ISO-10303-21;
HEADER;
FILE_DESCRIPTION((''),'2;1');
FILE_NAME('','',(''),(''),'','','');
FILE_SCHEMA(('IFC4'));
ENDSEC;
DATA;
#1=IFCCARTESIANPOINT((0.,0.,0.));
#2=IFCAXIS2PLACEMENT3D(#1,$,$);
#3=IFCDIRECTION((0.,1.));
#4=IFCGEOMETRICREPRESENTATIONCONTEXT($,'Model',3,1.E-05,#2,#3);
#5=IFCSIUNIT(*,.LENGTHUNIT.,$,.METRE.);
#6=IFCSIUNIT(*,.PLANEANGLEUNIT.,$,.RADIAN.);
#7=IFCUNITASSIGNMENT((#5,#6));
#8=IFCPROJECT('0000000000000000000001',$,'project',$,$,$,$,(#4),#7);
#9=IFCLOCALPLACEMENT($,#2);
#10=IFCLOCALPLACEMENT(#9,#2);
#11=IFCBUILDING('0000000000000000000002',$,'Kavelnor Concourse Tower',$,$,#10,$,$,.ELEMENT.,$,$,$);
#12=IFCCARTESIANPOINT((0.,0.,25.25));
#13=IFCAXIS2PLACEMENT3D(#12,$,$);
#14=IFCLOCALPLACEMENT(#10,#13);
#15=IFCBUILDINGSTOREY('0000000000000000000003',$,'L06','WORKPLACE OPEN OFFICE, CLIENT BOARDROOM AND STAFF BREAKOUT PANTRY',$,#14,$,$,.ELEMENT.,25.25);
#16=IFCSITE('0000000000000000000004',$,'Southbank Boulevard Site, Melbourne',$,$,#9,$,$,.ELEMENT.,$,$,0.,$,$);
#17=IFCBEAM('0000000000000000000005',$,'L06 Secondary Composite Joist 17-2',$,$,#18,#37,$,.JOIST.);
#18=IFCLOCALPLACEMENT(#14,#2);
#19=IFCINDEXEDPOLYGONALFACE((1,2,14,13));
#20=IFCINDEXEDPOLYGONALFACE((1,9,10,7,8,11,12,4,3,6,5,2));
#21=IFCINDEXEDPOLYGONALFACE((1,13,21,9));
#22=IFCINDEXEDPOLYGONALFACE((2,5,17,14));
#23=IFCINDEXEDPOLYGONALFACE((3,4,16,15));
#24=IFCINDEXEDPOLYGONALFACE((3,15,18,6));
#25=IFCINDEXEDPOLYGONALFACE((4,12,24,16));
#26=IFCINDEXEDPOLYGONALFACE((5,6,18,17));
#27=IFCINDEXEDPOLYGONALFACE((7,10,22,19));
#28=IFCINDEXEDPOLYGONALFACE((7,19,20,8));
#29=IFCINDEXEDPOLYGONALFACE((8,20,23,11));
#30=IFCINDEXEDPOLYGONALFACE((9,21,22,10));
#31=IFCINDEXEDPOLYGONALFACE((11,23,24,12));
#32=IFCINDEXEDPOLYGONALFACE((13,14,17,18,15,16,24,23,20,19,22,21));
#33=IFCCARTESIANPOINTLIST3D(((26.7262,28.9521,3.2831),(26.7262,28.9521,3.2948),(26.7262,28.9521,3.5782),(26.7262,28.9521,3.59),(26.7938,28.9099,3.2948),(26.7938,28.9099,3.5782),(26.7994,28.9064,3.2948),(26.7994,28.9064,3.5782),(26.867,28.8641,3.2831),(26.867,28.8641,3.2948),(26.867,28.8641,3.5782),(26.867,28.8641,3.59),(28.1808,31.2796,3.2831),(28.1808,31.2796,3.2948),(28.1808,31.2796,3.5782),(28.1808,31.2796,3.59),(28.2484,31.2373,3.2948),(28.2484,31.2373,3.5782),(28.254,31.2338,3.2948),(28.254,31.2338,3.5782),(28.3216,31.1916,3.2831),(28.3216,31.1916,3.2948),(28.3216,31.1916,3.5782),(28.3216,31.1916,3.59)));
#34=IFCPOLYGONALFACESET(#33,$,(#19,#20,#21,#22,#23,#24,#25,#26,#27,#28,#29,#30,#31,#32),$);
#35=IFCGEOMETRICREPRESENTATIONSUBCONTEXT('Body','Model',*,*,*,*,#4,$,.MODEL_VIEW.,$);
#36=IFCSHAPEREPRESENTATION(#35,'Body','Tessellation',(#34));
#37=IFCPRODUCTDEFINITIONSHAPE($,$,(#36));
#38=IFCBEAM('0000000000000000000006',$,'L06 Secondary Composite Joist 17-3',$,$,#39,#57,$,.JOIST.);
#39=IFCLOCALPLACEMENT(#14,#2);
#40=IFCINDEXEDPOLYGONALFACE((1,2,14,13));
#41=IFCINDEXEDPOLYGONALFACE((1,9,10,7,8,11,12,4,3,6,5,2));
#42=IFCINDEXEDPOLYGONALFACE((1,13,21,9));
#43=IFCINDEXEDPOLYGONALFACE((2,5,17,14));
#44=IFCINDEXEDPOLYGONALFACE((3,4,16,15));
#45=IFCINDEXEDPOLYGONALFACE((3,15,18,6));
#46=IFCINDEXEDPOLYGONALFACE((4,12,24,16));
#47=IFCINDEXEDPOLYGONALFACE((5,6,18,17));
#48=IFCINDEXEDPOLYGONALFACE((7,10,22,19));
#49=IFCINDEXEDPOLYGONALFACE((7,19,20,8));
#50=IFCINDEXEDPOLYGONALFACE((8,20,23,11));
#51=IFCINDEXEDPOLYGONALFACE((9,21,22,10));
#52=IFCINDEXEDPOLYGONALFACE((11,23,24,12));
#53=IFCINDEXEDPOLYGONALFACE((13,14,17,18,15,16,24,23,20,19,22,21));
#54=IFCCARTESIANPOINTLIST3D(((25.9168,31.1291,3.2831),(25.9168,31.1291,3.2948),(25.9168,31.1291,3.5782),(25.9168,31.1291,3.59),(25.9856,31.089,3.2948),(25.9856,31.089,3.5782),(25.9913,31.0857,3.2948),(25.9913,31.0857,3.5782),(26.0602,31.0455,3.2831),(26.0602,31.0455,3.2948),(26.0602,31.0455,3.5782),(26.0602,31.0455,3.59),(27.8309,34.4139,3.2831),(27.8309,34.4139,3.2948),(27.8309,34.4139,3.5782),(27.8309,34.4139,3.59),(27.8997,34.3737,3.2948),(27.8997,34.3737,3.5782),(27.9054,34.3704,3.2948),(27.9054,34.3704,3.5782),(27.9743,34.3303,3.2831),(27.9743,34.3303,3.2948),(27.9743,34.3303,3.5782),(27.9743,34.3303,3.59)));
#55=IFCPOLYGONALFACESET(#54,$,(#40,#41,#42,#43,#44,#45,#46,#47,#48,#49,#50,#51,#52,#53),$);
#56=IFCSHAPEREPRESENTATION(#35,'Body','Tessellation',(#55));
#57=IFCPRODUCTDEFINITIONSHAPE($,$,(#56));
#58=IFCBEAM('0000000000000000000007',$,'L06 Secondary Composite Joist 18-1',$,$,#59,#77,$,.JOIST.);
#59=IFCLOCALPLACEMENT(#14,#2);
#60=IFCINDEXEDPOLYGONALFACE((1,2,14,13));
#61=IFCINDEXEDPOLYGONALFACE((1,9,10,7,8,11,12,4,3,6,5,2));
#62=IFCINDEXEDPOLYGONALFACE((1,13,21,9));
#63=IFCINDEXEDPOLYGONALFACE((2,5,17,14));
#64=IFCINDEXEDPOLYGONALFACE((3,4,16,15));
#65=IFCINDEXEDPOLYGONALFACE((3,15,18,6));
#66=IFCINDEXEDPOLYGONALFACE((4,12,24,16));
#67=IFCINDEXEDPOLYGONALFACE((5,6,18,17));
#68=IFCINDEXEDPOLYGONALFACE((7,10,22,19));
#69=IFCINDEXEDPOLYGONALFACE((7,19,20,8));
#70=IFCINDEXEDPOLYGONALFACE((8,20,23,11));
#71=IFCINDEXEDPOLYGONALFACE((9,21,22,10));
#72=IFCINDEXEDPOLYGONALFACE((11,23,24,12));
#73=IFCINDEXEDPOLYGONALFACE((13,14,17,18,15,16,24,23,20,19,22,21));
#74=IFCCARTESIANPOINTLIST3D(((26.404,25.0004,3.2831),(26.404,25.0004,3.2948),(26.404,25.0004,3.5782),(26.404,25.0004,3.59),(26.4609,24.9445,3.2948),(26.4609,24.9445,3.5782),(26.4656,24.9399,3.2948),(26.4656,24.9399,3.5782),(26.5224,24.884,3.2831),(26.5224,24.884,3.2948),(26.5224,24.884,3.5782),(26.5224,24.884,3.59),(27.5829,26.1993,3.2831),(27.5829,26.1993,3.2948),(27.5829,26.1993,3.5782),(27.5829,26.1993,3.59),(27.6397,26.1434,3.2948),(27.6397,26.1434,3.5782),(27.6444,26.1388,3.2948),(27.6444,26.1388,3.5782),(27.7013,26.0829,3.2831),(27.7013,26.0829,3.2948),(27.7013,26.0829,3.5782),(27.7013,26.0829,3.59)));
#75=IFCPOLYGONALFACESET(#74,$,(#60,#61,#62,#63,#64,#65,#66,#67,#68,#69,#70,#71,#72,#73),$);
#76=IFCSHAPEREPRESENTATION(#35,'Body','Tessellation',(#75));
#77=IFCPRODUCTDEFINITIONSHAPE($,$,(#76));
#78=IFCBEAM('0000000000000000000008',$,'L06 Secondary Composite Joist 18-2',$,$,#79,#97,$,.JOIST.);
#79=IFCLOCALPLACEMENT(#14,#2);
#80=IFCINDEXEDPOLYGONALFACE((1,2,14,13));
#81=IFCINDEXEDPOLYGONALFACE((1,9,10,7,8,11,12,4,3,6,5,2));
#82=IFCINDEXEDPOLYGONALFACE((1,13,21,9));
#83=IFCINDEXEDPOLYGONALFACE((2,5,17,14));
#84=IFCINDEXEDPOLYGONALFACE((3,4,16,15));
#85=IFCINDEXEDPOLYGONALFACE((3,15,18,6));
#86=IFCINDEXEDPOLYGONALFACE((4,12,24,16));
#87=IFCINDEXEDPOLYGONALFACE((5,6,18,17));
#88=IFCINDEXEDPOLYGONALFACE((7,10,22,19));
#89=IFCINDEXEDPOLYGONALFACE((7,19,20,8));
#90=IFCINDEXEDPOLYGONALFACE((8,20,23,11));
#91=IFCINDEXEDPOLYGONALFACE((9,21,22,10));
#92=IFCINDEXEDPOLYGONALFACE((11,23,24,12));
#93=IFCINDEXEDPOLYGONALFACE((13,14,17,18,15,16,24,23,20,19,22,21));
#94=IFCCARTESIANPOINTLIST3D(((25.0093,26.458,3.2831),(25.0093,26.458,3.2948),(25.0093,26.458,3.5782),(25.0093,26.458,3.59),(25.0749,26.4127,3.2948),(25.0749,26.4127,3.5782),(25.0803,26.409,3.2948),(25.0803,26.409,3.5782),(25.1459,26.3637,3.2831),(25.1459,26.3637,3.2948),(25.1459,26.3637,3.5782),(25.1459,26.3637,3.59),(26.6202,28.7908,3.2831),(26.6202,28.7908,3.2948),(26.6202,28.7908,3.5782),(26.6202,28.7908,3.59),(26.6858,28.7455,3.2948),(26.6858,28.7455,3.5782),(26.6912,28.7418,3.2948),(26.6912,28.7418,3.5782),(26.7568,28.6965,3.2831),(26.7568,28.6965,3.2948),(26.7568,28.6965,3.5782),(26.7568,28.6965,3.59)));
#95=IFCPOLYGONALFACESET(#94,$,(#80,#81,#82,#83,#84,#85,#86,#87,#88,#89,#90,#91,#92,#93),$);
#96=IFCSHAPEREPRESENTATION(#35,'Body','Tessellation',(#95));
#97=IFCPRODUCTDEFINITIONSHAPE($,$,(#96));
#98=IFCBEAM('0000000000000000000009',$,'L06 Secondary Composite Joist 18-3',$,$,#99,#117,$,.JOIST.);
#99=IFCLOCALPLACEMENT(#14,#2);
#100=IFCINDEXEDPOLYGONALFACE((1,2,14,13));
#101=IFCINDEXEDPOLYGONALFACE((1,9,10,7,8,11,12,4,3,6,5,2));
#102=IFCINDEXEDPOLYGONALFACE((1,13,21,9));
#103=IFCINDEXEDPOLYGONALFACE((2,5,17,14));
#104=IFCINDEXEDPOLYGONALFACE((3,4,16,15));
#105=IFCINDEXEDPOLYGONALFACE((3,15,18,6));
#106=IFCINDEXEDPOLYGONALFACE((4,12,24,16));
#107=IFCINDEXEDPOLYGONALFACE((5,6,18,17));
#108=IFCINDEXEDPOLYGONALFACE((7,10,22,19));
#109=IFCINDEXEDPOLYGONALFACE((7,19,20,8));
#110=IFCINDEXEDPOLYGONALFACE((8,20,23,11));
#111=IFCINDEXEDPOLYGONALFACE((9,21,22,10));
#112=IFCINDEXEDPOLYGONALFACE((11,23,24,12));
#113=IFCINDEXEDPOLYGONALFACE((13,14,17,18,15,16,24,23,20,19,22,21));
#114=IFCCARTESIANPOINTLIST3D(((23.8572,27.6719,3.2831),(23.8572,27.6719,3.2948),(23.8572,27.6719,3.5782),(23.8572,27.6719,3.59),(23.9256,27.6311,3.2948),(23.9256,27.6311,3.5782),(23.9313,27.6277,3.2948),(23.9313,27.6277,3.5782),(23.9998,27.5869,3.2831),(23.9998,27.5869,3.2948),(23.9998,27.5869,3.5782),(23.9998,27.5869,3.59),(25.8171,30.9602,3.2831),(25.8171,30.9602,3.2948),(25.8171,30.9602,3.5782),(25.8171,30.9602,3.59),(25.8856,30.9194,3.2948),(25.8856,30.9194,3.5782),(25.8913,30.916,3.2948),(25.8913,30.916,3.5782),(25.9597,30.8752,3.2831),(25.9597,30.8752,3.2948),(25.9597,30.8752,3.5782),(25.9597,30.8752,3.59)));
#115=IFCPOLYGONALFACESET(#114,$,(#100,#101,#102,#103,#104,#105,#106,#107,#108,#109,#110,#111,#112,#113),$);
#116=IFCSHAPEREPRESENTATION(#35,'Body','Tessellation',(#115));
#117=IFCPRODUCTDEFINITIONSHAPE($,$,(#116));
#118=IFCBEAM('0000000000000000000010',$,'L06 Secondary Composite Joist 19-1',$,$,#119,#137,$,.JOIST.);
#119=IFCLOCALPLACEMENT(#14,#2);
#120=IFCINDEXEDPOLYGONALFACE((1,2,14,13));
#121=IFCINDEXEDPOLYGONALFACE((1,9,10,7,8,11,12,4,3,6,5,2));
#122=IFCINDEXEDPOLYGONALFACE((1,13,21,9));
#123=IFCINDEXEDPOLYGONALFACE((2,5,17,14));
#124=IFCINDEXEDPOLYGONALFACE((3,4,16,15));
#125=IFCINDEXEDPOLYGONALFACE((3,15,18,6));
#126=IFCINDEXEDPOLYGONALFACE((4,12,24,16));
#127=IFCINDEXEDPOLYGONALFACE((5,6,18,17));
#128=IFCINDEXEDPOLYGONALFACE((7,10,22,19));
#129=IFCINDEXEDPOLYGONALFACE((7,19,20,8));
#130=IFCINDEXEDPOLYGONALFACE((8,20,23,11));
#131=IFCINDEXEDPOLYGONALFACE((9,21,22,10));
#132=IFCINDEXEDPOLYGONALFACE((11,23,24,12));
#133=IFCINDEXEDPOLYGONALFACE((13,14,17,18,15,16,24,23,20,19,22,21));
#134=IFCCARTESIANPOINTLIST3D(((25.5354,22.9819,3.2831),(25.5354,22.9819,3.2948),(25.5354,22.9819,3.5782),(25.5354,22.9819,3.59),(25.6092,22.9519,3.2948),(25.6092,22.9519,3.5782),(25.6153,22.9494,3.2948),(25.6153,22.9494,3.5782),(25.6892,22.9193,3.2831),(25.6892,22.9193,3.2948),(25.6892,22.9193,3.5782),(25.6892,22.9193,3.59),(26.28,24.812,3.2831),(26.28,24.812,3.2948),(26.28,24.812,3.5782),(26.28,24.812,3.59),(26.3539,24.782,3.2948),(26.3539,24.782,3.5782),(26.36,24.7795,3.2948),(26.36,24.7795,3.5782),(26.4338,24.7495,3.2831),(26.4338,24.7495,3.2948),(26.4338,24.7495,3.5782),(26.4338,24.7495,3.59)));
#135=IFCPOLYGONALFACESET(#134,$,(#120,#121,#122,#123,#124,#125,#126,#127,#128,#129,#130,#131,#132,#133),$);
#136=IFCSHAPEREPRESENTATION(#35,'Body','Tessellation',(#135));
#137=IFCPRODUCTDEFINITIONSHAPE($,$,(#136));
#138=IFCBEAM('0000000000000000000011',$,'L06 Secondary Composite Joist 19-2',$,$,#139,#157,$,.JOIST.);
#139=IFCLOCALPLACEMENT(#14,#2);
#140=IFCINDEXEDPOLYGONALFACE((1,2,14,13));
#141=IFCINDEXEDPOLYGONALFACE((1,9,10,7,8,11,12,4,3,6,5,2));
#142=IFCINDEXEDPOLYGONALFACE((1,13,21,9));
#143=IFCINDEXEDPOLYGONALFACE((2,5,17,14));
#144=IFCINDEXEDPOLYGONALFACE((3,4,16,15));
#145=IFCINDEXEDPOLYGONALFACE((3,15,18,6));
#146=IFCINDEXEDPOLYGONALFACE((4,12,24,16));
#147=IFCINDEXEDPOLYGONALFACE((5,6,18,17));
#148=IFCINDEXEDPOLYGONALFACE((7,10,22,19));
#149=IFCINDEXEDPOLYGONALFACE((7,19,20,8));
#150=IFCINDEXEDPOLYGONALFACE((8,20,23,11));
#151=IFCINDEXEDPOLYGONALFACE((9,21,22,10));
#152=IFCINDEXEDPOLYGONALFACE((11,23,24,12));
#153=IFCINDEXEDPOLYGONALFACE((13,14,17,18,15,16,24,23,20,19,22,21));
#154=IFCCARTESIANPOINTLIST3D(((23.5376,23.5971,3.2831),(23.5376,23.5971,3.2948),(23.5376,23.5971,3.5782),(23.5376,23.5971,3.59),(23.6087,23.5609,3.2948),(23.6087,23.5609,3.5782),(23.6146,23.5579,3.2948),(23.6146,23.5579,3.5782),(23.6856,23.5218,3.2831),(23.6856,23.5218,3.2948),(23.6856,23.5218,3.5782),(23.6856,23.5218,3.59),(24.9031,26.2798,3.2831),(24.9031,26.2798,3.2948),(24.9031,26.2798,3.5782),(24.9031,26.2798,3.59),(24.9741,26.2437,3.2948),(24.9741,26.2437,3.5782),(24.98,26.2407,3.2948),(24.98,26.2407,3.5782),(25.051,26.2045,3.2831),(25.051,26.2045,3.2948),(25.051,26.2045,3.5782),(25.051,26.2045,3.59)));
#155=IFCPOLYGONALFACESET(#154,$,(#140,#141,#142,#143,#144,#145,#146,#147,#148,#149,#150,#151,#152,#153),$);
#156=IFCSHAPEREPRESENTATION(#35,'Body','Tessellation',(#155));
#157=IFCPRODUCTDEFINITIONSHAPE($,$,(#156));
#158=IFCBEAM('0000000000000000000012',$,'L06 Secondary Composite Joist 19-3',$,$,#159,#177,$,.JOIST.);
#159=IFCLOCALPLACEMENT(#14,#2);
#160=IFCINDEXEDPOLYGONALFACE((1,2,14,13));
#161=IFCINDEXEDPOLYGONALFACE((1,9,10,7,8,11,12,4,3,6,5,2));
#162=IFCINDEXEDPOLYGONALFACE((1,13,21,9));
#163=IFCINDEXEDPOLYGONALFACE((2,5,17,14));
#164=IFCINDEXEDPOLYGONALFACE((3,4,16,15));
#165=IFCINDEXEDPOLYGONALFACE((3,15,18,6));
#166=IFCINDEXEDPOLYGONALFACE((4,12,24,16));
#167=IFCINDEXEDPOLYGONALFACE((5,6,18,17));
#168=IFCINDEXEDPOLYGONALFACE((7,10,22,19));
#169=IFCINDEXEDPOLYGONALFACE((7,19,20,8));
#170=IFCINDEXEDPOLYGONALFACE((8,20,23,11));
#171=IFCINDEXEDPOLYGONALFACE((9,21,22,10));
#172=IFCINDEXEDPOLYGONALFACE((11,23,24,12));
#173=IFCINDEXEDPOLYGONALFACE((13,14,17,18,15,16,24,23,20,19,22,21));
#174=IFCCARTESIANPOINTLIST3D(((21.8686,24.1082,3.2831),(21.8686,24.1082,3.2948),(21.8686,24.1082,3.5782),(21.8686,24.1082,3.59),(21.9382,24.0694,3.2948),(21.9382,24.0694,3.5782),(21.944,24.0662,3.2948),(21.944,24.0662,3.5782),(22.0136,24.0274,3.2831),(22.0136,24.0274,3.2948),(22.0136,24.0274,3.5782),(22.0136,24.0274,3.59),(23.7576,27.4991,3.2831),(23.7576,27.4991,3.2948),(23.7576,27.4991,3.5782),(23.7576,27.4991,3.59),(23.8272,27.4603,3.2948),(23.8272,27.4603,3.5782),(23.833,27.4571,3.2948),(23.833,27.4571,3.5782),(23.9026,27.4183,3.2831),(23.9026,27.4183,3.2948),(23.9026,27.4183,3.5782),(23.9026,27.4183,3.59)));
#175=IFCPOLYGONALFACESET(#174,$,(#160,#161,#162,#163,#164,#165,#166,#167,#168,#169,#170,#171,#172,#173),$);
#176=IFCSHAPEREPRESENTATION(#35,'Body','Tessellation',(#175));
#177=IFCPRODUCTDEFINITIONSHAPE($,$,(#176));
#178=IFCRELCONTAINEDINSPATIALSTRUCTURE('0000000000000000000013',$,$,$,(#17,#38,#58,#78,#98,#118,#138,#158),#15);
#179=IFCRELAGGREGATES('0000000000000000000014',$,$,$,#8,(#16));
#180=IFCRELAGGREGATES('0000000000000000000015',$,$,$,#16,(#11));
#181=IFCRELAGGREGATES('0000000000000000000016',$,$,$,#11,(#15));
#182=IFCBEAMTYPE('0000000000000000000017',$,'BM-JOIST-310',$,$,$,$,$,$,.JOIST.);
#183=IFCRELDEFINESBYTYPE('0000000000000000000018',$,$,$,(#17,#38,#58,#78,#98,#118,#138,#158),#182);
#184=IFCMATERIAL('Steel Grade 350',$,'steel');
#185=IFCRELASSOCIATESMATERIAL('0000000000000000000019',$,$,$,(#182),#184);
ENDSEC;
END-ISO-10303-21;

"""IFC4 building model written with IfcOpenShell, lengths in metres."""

from ifc_helpers import new_model, si_unit, direction, frame, origin, origin_2d, place, context, subcontext, project, spatial, i_section, extrude, material, material_profile, profile_set, type_object, element, save


model = new_model("IFC4")

# Units and contexts
model_context = context("Model", 3, precision=1e-05, world=origin(), true_north=direction((0.0, 1.0)))
body_context = subcontext(model_context, "Body", "Model", "MODEL_VIEW")
ifc_project = project(units=[si_unit("LENGTHUNIT", "METRE"), si_unit("PLANEANGLEUNIT", "RADIAN")], contexts=[model_context])

# Site, building, storey
site_placement = place(None, origin())
site = spatial("IfcSite", under=ifc_project, at=site_placement, Name="Southbank Boulevard Site, Melbourne", CompositionType="ELEMENT", RefElevation=0.0)
building_placement = place(site_placement, origin())
building = spatial("IfcBuilding", under=site, at=building_placement, Name="Kavelnor Concourse Tower", CompositionType="ELEMENT")
storey_placement = place(building_placement, frame((0.0, 0.0, 25.25)))
storey = spatial("IfcBuildingStorey", under=building, at=storey_placement, Name="L06", Description="WORKPLACE OPEN OFFICE, CLIENT BOARDROOM AND STAFF BREAKOUT PANTRY", CompositionType="ELEMENT", Elevation=25.25)

# Shared definitions
ifc_material_1 = material(Name="Steel Grade 350", Category="steel")

# Beams
ifc_material_profile_1 = material_profile(ifc_material_1, i_section(OverallWidth=0.166, OverallDepth=0.3069, WebThickness=0.0066, FlangeThickness=0.0117, at=origin_2d()), Name="310UB46")
ifc_profile_set_1 = profile_set([ifc_material_profile_1], Name="Steel Grade 350")
beam_type_1 = type_object("IfcBeamType", Name="BM-JOIST-310", PredefinedType="JOIST", material=ifc_profile_set_1)
beam_1_placement = place(storey_placement, frame((28.2512, 31.2356, 3.4365), z_axis=(-0.529991, -0.848003, 0.0), x_axis=(0.848003, -0.529991, 0.0)))
element("IfcBeam", 1, at=beam_1_placement, inside=storey, type_object=beam_type_1, Name="L06 Secondary Composite Joist 17-2", PredefinedType="JOIST", context=body_context, shape_type="SweptSolid", body=[
    extrude(i_section(OverallWidth=0.166, OverallDepth=0.3069, WebThickness=0.0066, FlangeThickness=0.0117, at=origin_2d()), origin(), (0.0, 0.0, 1.0), 2.7446),
])
beam_2_placement = place(storey_placement, frame((27.9026, 34.3721, 3.4365), z_axis=(-0.50348, -0.864007, 0.0), x_axis=(0.864007, -0.50348, 0.0)))
element("IfcBeam", 2, at=beam_2_placement, inside=storey, type_object=beam_type_1, Name="L06 Secondary Composite Joist 17-3", PredefinedType="JOIST", context=body_context, shape_type="SweptSolid", body=[
    extrude(i_section(OverallWidth=0.166, OverallDepth=0.3069, WebThickness=0.0066, FlangeThickness=0.0117, at=origin_2d()), origin(), (0.0, 0.0, 1.0), 3.8018),
])
beam_3_placement = place(storey_placement, frame((27.6421, 26.1411, 3.4365), z_axis=(-0.701129, -0.713035, 0.0), x_axis=(0.713035, -0.701129, 0.0)))
element("IfcBeam", 3, at=beam_3_placement, inside=storey, type_object=beam_type_1, Name="L06 Secondary Composite Joist 18-1", PredefinedType="JOIST", context=body_context, shape_type="SweptSolid", body=[
    extrude(i_section(OverallWidth=0.166, OverallDepth=0.3069, WebThickness=0.0066, FlangeThickness=0.0117, at=origin_2d()), origin(), (0.0, 0.0, 1.0), 1.6814),
])
beam_4_placement = place(storey_placement, frame((26.6885, 28.7437, 3.4365), z_axis=(-0.56822, -0.822877, 0.0), x_axis=(0.822877, -0.56822, 0.0)))
element("IfcBeam", 4, at=beam_4_placement, inside=storey, type_object=beam_type_1, Name="L06 Secondary Composite Joist 18-2", PredefinedType="JOIST", context=body_context, shape_type="SweptSolid", body=[
    extrude(i_section(OverallWidth=0.166, OverallDepth=0.3069, WebThickness=0.0066, FlangeThickness=0.0117, at=origin_2d()), origin(), (0.0, 0.0, 1.0), 2.835),
])
beam_5_placement = place(storey_placement, frame((25.8884, 30.9177, 3.4365), z_axis=(-0.511989, -0.858992, 0.0), x_axis=(0.858992, -0.511989, 0.0)))
element("IfcBeam", 5, at=beam_5_placement, inside=storey, type_object=beam_type_1, Name="L06 Secondary Composite Joist 18-3", PredefinedType="JOIST", context=body_context, shape_type="SweptSolid", body=[
    extrude(i_section(OverallWidth=0.166, OverallDepth=0.3069, WebThickness=0.0066, FlangeThickness=0.0117, at=origin_2d()), origin(), (0.0, 0.0, 1.0), 3.8281),
])
beam_6_placement = place(storey_placement, frame((26.3569, 24.7808, 3.4365), z_axis=(-0.376881, -0.926262, 0.0), x_axis=(0.926262, -0.376881, 0.0)))
element("IfcBeam", 6, at=beam_6_placement, inside=storey, type_object=beam_type_1, Name="L06 Secondary Composite Joist 19-1", PredefinedType="JOIST", context=body_context, shape_type="SweptSolid", body=[
    extrude(i_section(OverallWidth=0.166, OverallDepth=0.3069, WebThickness=0.0066, FlangeThickness=0.0117, at=origin_2d()), origin(), (0.0, 0.0, 1.0), 1.9758),
])
beam_7_placement = place(storey_placement, frame((24.9771, 26.2422, 3.4365), z_axis=(-0.453593, -0.891209, 0.0), x_axis=(0.891209, -0.453593, 0.0)))
element("IfcBeam", 7, at=beam_7_placement, inside=storey, type_object=beam_type_1, Name="L06 Secondary Composite Joist 19-2", PredefinedType="JOIST", context=body_context, shape_type="SweptSolid", body=[
    extrude(i_section(OverallWidth=0.166, OverallDepth=0.3069, WebThickness=0.0066, FlangeThickness=0.0117, at=origin_2d()), origin(), (0.0, 0.0, 1.0), 3.0103),
])
beam_8_placement = place(storey_placement, frame((23.8301, 27.4587, 3.4365), z_axis=(-0.486647, -0.873599, 0.0), x_axis=(0.873599, -0.486647, 0.0)))
element("IfcBeam", 8, at=beam_8_placement, inside=storey, type_object=beam_type_1, Name="L06 Secondary Composite Joist 19-3", PredefinedType="JOIST", context=body_context, shape_type="SweptSolid", body=[
    extrude(i_section(OverallWidth=0.166, OverallDepth=0.3069, WebThickness=0.0066, FlangeThickness=0.0117, at=origin_2d()), origin(), (0.0, 0.0, 1.0), 3.8816),
])

save(model, "model.ifc")
